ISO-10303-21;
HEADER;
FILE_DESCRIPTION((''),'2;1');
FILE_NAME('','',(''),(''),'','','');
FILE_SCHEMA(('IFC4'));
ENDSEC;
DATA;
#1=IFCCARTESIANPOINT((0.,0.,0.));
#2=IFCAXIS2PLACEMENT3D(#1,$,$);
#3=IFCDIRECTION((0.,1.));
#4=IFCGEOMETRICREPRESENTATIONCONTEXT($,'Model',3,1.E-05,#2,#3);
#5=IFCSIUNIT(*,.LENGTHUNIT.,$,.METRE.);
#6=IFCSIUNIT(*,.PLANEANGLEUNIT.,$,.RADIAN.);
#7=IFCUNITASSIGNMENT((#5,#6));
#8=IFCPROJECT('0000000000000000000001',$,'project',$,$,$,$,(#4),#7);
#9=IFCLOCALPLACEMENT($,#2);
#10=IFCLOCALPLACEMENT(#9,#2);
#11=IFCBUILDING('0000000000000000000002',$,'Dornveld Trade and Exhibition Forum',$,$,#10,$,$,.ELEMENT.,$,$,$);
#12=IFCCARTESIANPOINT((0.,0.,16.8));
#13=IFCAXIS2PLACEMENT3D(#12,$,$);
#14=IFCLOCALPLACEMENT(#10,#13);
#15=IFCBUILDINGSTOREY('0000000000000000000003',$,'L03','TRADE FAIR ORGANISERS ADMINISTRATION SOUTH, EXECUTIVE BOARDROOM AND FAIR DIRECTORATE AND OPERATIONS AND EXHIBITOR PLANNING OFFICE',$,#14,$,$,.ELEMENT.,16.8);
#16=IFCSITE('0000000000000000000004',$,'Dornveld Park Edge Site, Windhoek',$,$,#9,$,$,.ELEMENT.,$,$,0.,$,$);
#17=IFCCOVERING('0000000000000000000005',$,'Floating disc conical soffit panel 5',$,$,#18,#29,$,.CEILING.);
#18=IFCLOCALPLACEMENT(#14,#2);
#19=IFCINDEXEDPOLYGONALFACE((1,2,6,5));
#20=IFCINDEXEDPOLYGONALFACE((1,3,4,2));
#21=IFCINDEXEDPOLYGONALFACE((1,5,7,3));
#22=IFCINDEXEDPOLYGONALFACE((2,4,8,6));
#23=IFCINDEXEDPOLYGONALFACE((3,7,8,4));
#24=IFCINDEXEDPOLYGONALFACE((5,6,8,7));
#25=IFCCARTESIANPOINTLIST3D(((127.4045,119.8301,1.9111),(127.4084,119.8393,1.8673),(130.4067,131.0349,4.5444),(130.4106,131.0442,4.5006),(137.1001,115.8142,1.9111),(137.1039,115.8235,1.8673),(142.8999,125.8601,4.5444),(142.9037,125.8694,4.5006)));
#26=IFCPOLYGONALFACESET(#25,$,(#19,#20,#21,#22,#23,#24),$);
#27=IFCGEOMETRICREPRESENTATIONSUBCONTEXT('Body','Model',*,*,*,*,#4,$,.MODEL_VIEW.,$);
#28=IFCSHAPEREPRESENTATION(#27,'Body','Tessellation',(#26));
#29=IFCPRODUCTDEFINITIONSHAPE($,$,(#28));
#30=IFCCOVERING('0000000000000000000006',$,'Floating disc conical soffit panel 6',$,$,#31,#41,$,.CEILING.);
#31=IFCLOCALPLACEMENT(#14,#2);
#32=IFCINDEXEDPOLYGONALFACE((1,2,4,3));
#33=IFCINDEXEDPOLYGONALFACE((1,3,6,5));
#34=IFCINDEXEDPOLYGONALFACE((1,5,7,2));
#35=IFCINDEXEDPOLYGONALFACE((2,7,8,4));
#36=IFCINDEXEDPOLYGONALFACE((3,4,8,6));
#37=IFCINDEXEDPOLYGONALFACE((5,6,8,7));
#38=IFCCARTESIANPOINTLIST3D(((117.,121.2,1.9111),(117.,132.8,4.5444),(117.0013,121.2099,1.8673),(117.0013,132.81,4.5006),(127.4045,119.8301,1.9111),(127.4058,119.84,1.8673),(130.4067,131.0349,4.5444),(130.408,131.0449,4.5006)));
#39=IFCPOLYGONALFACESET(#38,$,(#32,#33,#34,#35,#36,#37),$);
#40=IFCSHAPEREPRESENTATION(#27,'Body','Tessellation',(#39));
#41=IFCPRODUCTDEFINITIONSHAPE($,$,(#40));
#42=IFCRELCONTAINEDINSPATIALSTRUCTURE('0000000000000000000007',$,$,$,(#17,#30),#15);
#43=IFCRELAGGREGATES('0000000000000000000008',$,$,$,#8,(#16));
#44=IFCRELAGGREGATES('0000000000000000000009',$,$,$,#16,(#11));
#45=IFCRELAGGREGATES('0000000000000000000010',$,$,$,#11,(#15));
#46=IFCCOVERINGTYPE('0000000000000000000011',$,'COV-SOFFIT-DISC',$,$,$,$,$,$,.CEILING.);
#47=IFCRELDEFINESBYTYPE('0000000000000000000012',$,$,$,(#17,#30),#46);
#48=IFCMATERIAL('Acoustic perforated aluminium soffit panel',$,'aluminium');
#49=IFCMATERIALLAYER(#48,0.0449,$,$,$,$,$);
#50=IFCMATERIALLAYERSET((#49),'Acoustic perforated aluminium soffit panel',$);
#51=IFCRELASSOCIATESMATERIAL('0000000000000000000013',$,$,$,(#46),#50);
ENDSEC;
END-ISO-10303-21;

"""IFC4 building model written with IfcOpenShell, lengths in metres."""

from ifc_helpers import new_model, si_unit, direction, frame, origin, place, context, subcontext, project, spatial, polyline, outline, extrude, material, layer, layer_set, type_object, element, save


model = new_model("IFC4")

# Units and contexts
model_context = context("Model", 3, precision=1e-05, world=origin(), true_north=direction((0.0, 1.0)))
body_context = subcontext(model_context, "Body", "Model", "MODEL_VIEW")
ifc_project = project(units=[si_unit("LENGTHUNIT", "METRE"), si_unit("PLANEANGLEUNIT", "RADIAN")], contexts=[model_context])

# Site, building, storey
site_placement = place(None, origin())
site = spatial("IfcSite", under=ifc_project, at=site_placement, Name="Dornveld Park Edge Site, Windhoek", CompositionType="ELEMENT", RefElevation=0.0)
building_placement = place(site_placement, origin())
building = spatial("IfcBuilding", under=site, at=building_placement, Name="Dornveld Trade and Exhibition Forum", CompositionType="ELEMENT")
storey_placement = place(building_placement, frame((0.0, 0.0, 16.8)))
storey = spatial("IfcBuildingStorey", under=building, at=storey_placement, Name="L03", Description="TRADE FAIR ORGANISERS ADMINISTRATION SOUTH, EXECUTIVE BOARDROOM AND FAIR DIRECTORATE AND OPERATIONS AND EXHIBITOR PLANNING OFFICE", CompositionType="ELEMENT", Elevation=16.8)

# Coverings
ifc_material_1 = material(Name="Acoustic perforated aluminium soffit panel", Category="aluminium")
ifc_layer_1 = layer(ifc_material_1, 0.0449)
ifc_layer_set_1 = layer_set([ifc_layer_1], Name="Acoustic perforated aluminium soffit panel")
covering_type = type_object("IfcCoveringType", Name="COV-SOFFIT-DISC", PredefinedType="CEILING", material=ifc_layer_set_1)
covering_1_placement = place(storey_placement, frame((137.1001, 115.8142, 1.9111), z_axis=(-0.08541, -0.206203, 0.974775), x_axis=(0.487582, 0.844545, 0.221377)))
element("IfcCovering", 1, at=covering_1_placement, inside=storey, type_object=covering_type, Name="Floating disc conical soffit panel 5", PredefinedType="CEILING", context=body_context, shape_type="SweptSolid", body=[
    extrude(outline(polyline([(0.0, 0.0), (11.895, 0.0), (10.174, 13.4125), (-1.3358, 10.409), (0.0, 0.0)])), origin(), (0.0, 0.0, -1.0), 0.0449),
])
covering_2_placement = place(storey_placement, frame((127.4045, 119.8301, 1.9111), z_axis=(-0.029134, -0.22128, 0.974775), x_axis=(0.252387, 0.941963, 0.221375)))
element("IfcCovering", 2, at=covering_2_placement, inside=storey, type_object=covering_type, Name="Floating disc conical soffit panel 6", PredefinedType="CEILING", context=body_context, shape_type="SweptSolid", body=[
    extrude(outline(polyline([(0.0, 0.0), (11.8952, 0.0), (10.1742, 13.4125), (-1.3356, 10.409), (0.0, 0.0)])), origin(), (0.0, 0.0, -1.0), 0.0449),
])

save(model, "model.ifc")
